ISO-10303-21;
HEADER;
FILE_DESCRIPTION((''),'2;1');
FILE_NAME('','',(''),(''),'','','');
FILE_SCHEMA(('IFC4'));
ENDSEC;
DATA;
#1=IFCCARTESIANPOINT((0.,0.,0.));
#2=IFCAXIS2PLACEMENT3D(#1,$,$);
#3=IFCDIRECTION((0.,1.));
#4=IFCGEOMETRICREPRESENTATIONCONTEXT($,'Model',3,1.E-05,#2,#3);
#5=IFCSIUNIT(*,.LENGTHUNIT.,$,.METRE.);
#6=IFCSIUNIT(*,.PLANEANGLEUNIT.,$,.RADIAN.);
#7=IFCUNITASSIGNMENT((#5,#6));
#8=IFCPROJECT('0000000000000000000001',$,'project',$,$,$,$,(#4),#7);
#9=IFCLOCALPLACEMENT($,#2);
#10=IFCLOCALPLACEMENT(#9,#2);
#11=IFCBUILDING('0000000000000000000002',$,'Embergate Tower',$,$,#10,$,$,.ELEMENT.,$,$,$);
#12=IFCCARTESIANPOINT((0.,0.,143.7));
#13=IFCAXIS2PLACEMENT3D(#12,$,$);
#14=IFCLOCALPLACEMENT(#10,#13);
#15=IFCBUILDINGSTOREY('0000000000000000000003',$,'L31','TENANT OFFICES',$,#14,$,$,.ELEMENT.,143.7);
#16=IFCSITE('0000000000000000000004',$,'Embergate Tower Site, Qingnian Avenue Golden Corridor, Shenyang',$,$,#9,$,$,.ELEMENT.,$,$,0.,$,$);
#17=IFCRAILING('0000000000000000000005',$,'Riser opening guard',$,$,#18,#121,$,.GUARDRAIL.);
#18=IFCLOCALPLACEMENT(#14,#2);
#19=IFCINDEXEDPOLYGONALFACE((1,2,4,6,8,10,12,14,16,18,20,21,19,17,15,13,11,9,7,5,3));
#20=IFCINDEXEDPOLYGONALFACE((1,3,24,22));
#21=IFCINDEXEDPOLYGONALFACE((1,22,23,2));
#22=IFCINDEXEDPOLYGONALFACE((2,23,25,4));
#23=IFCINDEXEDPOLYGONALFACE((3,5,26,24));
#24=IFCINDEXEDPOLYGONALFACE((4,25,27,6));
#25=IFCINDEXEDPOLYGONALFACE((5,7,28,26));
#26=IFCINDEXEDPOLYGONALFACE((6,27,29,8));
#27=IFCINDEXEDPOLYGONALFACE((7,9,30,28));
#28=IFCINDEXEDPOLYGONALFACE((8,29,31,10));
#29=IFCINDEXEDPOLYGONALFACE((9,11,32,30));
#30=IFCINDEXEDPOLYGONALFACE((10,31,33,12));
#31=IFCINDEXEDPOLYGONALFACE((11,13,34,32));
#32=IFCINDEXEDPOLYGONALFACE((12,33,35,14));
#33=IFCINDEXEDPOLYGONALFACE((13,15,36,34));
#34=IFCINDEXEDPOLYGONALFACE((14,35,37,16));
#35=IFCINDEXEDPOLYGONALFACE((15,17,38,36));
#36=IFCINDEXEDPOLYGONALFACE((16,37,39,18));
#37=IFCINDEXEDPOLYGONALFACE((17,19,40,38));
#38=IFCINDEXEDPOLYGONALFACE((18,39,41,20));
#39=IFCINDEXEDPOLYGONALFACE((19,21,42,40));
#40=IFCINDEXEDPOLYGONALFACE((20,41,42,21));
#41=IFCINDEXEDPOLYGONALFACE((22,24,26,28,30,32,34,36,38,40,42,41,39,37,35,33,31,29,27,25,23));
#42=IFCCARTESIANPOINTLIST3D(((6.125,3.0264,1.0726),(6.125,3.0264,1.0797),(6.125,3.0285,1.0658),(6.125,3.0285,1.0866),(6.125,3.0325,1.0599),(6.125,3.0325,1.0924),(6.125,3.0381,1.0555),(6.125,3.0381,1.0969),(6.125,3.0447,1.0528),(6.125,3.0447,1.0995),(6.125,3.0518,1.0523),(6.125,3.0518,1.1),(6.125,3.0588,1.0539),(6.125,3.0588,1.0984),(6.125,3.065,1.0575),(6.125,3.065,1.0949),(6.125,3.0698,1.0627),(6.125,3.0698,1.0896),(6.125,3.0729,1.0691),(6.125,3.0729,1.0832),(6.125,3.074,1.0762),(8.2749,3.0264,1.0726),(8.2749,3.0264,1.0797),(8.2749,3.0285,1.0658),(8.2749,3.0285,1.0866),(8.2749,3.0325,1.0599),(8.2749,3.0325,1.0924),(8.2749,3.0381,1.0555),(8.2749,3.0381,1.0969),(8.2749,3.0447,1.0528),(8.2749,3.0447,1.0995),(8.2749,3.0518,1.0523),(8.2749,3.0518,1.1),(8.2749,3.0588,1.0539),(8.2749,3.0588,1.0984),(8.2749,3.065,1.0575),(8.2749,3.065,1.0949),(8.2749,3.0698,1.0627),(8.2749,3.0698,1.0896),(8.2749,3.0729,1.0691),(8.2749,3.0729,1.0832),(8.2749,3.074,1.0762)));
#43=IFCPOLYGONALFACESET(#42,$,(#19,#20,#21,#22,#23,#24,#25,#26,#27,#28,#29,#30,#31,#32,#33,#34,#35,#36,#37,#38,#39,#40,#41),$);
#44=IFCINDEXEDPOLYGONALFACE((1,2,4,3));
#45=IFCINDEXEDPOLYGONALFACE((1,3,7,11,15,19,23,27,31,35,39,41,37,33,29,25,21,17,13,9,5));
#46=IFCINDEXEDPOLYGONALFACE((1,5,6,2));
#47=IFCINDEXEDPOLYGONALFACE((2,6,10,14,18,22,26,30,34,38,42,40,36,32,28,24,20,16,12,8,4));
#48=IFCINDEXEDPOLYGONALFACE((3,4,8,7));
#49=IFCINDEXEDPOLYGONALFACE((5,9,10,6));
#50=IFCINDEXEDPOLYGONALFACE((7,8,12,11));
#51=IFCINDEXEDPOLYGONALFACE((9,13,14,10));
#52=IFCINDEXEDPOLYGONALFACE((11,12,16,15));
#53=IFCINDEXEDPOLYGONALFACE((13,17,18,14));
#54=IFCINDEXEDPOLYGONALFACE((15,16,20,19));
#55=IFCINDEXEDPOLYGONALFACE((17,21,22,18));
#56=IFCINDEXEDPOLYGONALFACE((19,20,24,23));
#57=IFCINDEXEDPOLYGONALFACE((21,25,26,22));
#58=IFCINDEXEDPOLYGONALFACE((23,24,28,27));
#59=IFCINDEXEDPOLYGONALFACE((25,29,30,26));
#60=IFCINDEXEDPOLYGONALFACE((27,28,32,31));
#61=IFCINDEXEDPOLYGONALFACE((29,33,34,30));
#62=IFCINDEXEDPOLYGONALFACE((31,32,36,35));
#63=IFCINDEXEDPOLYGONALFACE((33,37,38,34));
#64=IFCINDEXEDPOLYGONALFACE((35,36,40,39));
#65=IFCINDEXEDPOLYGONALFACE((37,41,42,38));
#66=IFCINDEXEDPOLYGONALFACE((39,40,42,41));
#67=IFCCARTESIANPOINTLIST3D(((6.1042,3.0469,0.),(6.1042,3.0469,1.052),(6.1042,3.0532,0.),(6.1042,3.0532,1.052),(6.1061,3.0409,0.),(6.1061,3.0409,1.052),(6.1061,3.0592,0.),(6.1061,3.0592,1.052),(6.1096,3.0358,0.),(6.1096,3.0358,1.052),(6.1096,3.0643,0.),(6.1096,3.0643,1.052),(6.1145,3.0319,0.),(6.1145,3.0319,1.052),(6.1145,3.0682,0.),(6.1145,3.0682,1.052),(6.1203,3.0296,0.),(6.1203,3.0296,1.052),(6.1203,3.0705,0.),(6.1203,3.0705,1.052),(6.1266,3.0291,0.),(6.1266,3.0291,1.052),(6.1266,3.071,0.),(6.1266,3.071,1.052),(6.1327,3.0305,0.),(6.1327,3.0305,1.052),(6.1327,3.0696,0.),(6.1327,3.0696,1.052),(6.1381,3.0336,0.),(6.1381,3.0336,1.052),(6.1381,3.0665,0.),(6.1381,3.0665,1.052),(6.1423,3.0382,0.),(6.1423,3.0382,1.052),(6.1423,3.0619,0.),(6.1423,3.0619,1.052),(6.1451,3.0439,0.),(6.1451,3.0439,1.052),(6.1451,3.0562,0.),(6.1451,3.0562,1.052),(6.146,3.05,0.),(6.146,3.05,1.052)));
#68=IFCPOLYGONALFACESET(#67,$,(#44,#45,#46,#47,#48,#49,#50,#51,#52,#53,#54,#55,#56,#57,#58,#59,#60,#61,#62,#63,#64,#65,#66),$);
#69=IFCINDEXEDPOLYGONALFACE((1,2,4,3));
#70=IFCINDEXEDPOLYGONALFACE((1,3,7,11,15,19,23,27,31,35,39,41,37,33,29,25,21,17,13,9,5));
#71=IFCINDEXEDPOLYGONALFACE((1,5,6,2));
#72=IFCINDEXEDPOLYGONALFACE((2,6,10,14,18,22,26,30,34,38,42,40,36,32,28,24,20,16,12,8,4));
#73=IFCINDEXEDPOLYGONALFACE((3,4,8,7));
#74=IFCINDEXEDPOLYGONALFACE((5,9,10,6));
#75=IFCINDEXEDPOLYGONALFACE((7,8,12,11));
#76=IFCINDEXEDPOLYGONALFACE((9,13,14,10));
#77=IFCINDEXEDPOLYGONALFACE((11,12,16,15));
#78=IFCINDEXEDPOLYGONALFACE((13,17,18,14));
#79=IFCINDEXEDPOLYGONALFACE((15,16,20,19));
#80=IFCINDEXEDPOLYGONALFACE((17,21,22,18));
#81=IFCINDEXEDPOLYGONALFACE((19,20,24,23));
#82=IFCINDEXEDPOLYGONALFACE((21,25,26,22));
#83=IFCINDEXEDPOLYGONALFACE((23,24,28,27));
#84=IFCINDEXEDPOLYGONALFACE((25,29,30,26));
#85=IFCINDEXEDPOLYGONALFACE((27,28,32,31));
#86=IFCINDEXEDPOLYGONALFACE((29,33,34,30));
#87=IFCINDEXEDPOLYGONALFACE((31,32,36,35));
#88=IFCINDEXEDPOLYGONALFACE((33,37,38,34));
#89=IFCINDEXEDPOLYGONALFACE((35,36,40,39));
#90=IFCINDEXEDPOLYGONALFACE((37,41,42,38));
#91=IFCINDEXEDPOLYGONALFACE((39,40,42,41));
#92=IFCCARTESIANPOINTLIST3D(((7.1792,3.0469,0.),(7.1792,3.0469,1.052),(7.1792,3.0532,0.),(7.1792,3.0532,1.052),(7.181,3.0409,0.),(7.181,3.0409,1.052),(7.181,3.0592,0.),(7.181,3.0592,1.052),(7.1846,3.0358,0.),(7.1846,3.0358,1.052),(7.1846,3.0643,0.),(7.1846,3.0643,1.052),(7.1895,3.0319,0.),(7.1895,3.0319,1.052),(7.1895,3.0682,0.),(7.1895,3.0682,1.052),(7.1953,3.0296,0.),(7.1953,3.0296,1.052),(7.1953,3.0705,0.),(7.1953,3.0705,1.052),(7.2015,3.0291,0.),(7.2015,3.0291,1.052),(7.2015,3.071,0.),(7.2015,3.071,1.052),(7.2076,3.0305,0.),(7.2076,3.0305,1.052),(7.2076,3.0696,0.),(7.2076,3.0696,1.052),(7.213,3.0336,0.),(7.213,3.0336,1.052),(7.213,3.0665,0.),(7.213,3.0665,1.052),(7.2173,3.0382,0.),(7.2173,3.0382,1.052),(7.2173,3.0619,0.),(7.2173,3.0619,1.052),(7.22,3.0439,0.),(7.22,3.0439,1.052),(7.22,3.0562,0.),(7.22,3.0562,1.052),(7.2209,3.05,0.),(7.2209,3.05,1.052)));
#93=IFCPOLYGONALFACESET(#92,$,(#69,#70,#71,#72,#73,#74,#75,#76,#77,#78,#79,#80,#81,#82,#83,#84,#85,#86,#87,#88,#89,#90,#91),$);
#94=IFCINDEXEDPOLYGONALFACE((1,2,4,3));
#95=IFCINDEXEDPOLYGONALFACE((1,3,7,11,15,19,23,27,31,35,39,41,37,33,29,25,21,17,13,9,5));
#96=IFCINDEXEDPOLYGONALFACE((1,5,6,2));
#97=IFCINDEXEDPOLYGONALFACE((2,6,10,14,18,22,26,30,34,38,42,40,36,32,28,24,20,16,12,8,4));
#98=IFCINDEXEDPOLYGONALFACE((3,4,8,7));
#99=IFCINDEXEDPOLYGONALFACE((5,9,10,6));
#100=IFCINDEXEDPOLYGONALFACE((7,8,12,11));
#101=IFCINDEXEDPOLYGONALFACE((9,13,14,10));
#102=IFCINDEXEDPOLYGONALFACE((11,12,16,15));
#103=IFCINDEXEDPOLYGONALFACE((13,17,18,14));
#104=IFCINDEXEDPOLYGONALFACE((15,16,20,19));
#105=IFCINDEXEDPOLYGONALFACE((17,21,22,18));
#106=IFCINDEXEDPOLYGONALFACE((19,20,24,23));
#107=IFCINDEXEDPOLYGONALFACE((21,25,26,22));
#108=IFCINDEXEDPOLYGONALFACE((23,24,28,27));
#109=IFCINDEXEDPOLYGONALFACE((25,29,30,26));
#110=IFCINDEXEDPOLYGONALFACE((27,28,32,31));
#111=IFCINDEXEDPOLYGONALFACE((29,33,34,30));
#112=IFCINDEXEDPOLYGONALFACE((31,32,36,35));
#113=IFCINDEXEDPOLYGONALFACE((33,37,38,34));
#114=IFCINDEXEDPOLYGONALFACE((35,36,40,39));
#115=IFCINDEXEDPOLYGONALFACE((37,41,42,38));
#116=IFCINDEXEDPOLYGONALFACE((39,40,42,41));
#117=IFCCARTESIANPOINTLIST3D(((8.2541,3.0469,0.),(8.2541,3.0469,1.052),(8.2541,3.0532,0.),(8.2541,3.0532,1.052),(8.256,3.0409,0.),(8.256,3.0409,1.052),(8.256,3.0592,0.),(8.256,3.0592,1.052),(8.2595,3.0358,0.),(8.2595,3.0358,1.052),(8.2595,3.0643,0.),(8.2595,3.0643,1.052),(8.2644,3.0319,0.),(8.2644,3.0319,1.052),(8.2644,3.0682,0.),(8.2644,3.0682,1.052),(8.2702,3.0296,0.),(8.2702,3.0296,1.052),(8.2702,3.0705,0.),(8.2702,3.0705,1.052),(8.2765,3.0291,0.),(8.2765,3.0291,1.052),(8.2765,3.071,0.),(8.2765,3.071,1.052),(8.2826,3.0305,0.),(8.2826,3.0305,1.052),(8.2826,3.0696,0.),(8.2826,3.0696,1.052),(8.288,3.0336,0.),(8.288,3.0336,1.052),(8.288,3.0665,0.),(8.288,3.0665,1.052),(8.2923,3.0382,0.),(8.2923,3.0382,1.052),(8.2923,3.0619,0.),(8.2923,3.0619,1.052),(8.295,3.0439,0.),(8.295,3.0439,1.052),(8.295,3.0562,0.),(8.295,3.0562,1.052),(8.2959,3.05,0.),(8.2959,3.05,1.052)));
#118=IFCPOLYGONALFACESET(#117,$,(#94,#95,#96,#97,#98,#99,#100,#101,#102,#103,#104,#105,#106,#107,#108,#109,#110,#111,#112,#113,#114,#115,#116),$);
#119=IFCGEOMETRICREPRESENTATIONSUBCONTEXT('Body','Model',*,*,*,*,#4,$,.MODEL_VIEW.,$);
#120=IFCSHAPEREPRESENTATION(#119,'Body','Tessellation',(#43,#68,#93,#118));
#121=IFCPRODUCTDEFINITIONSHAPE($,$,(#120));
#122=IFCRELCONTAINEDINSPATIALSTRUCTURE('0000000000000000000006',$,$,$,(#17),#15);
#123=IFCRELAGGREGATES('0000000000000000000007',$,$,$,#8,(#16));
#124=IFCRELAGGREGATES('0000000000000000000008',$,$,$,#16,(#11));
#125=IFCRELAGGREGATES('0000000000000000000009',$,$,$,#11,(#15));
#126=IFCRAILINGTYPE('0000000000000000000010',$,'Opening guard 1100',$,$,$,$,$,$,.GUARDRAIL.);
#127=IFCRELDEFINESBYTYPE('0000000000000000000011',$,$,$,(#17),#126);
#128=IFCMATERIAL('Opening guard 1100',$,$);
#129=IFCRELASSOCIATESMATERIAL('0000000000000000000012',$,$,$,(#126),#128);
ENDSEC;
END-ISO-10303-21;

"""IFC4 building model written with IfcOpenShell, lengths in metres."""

from ifc_helpers import new_model, si_unit, direction, frame, origin, origin_2d, place, context, subcontext, project, spatial, circle, extrude, source, transform, mapped, material, type_object, element, save


model = new_model("IFC4")

# Units and contexts
model_context = context("Model", 3, precision=1e-05, world=origin(), true_north=direction((0.0, 1.0)))
body_context = subcontext(model_context, "Body", "Model", "MODEL_VIEW")
ifc_project = project(units=[si_unit("LENGTHUNIT", "METRE"), si_unit("PLANEANGLEUNIT", "RADIAN")], contexts=[model_context])

# Site, building, storey
site_placement = place(None, origin())
site = spatial("IfcSite", under=ifc_project, at=site_placement, Name="Embergate Tower Site, Qingnian Avenue Golden Corridor, Shenyang", CompositionType="ELEMENT", RefElevation=0.0)
building_placement = place(site_placement, origin())
building = spatial("IfcBuilding", under=site, at=building_placement, Name="Embergate Tower", CompositionType="ELEMENT")
storey_placement = place(building_placement, frame((0.0, 0.0, 143.7)))
storey = spatial("IfcBuildingStorey", under=building, at=storey_placement, Name="L31", Description="TENANT OFFICES", CompositionType="ELEMENT", Elevation=143.7)

# Railing
ifc_material_1 = material(Name="Opening guard 1100")
railing_type = type_object("IfcRailingType", Name="Opening guard 1100", PredefinedType="GUARDRAIL", material=ifc_material_1)
shared_shape_1 = source(origin(), body_context, "Body", "SweptSolid", [
    extrude(circle(Radius=0.0239, at=origin_2d()), frame((0.0, 0.0, 1.0762), z_axis=(1.0, 0.0, 0.0), x_axis=(0.0, 1.0, 0.0)), (0.0, 0.0, 1.0), 2.1499),
    extrude(circle(Radius=0.021, at=origin_2d()), origin(), (0.0, 0.0, 1.0), 1.052),
    extrude(circle(Radius=0.021, at=origin_2d()), frame((1.075, 0.0, 0.0)), (0.0, 0.0, 1.0), 1.052),
    extrude(circle(Radius=0.021, at=origin_2d()), frame((2.1499, 0.0, 0.0)), (0.0, 0.0, 1.0), 1.052),
])
railing_placement = place(storey_placement, frame((6.125, 3.05, 0.0)))
element("IfcRailing", 1, at=railing_placement, inside=storey, type_object=railing_type, Name="Riser opening guard", PredefinedType="GUARDRAIL", context=body_context, shape_type="MappedRepresentation", body=[
    mapped(shared_shape_1, transform((0.0, 0.0, 0.0))),
])

save(model, "model.ifc")
